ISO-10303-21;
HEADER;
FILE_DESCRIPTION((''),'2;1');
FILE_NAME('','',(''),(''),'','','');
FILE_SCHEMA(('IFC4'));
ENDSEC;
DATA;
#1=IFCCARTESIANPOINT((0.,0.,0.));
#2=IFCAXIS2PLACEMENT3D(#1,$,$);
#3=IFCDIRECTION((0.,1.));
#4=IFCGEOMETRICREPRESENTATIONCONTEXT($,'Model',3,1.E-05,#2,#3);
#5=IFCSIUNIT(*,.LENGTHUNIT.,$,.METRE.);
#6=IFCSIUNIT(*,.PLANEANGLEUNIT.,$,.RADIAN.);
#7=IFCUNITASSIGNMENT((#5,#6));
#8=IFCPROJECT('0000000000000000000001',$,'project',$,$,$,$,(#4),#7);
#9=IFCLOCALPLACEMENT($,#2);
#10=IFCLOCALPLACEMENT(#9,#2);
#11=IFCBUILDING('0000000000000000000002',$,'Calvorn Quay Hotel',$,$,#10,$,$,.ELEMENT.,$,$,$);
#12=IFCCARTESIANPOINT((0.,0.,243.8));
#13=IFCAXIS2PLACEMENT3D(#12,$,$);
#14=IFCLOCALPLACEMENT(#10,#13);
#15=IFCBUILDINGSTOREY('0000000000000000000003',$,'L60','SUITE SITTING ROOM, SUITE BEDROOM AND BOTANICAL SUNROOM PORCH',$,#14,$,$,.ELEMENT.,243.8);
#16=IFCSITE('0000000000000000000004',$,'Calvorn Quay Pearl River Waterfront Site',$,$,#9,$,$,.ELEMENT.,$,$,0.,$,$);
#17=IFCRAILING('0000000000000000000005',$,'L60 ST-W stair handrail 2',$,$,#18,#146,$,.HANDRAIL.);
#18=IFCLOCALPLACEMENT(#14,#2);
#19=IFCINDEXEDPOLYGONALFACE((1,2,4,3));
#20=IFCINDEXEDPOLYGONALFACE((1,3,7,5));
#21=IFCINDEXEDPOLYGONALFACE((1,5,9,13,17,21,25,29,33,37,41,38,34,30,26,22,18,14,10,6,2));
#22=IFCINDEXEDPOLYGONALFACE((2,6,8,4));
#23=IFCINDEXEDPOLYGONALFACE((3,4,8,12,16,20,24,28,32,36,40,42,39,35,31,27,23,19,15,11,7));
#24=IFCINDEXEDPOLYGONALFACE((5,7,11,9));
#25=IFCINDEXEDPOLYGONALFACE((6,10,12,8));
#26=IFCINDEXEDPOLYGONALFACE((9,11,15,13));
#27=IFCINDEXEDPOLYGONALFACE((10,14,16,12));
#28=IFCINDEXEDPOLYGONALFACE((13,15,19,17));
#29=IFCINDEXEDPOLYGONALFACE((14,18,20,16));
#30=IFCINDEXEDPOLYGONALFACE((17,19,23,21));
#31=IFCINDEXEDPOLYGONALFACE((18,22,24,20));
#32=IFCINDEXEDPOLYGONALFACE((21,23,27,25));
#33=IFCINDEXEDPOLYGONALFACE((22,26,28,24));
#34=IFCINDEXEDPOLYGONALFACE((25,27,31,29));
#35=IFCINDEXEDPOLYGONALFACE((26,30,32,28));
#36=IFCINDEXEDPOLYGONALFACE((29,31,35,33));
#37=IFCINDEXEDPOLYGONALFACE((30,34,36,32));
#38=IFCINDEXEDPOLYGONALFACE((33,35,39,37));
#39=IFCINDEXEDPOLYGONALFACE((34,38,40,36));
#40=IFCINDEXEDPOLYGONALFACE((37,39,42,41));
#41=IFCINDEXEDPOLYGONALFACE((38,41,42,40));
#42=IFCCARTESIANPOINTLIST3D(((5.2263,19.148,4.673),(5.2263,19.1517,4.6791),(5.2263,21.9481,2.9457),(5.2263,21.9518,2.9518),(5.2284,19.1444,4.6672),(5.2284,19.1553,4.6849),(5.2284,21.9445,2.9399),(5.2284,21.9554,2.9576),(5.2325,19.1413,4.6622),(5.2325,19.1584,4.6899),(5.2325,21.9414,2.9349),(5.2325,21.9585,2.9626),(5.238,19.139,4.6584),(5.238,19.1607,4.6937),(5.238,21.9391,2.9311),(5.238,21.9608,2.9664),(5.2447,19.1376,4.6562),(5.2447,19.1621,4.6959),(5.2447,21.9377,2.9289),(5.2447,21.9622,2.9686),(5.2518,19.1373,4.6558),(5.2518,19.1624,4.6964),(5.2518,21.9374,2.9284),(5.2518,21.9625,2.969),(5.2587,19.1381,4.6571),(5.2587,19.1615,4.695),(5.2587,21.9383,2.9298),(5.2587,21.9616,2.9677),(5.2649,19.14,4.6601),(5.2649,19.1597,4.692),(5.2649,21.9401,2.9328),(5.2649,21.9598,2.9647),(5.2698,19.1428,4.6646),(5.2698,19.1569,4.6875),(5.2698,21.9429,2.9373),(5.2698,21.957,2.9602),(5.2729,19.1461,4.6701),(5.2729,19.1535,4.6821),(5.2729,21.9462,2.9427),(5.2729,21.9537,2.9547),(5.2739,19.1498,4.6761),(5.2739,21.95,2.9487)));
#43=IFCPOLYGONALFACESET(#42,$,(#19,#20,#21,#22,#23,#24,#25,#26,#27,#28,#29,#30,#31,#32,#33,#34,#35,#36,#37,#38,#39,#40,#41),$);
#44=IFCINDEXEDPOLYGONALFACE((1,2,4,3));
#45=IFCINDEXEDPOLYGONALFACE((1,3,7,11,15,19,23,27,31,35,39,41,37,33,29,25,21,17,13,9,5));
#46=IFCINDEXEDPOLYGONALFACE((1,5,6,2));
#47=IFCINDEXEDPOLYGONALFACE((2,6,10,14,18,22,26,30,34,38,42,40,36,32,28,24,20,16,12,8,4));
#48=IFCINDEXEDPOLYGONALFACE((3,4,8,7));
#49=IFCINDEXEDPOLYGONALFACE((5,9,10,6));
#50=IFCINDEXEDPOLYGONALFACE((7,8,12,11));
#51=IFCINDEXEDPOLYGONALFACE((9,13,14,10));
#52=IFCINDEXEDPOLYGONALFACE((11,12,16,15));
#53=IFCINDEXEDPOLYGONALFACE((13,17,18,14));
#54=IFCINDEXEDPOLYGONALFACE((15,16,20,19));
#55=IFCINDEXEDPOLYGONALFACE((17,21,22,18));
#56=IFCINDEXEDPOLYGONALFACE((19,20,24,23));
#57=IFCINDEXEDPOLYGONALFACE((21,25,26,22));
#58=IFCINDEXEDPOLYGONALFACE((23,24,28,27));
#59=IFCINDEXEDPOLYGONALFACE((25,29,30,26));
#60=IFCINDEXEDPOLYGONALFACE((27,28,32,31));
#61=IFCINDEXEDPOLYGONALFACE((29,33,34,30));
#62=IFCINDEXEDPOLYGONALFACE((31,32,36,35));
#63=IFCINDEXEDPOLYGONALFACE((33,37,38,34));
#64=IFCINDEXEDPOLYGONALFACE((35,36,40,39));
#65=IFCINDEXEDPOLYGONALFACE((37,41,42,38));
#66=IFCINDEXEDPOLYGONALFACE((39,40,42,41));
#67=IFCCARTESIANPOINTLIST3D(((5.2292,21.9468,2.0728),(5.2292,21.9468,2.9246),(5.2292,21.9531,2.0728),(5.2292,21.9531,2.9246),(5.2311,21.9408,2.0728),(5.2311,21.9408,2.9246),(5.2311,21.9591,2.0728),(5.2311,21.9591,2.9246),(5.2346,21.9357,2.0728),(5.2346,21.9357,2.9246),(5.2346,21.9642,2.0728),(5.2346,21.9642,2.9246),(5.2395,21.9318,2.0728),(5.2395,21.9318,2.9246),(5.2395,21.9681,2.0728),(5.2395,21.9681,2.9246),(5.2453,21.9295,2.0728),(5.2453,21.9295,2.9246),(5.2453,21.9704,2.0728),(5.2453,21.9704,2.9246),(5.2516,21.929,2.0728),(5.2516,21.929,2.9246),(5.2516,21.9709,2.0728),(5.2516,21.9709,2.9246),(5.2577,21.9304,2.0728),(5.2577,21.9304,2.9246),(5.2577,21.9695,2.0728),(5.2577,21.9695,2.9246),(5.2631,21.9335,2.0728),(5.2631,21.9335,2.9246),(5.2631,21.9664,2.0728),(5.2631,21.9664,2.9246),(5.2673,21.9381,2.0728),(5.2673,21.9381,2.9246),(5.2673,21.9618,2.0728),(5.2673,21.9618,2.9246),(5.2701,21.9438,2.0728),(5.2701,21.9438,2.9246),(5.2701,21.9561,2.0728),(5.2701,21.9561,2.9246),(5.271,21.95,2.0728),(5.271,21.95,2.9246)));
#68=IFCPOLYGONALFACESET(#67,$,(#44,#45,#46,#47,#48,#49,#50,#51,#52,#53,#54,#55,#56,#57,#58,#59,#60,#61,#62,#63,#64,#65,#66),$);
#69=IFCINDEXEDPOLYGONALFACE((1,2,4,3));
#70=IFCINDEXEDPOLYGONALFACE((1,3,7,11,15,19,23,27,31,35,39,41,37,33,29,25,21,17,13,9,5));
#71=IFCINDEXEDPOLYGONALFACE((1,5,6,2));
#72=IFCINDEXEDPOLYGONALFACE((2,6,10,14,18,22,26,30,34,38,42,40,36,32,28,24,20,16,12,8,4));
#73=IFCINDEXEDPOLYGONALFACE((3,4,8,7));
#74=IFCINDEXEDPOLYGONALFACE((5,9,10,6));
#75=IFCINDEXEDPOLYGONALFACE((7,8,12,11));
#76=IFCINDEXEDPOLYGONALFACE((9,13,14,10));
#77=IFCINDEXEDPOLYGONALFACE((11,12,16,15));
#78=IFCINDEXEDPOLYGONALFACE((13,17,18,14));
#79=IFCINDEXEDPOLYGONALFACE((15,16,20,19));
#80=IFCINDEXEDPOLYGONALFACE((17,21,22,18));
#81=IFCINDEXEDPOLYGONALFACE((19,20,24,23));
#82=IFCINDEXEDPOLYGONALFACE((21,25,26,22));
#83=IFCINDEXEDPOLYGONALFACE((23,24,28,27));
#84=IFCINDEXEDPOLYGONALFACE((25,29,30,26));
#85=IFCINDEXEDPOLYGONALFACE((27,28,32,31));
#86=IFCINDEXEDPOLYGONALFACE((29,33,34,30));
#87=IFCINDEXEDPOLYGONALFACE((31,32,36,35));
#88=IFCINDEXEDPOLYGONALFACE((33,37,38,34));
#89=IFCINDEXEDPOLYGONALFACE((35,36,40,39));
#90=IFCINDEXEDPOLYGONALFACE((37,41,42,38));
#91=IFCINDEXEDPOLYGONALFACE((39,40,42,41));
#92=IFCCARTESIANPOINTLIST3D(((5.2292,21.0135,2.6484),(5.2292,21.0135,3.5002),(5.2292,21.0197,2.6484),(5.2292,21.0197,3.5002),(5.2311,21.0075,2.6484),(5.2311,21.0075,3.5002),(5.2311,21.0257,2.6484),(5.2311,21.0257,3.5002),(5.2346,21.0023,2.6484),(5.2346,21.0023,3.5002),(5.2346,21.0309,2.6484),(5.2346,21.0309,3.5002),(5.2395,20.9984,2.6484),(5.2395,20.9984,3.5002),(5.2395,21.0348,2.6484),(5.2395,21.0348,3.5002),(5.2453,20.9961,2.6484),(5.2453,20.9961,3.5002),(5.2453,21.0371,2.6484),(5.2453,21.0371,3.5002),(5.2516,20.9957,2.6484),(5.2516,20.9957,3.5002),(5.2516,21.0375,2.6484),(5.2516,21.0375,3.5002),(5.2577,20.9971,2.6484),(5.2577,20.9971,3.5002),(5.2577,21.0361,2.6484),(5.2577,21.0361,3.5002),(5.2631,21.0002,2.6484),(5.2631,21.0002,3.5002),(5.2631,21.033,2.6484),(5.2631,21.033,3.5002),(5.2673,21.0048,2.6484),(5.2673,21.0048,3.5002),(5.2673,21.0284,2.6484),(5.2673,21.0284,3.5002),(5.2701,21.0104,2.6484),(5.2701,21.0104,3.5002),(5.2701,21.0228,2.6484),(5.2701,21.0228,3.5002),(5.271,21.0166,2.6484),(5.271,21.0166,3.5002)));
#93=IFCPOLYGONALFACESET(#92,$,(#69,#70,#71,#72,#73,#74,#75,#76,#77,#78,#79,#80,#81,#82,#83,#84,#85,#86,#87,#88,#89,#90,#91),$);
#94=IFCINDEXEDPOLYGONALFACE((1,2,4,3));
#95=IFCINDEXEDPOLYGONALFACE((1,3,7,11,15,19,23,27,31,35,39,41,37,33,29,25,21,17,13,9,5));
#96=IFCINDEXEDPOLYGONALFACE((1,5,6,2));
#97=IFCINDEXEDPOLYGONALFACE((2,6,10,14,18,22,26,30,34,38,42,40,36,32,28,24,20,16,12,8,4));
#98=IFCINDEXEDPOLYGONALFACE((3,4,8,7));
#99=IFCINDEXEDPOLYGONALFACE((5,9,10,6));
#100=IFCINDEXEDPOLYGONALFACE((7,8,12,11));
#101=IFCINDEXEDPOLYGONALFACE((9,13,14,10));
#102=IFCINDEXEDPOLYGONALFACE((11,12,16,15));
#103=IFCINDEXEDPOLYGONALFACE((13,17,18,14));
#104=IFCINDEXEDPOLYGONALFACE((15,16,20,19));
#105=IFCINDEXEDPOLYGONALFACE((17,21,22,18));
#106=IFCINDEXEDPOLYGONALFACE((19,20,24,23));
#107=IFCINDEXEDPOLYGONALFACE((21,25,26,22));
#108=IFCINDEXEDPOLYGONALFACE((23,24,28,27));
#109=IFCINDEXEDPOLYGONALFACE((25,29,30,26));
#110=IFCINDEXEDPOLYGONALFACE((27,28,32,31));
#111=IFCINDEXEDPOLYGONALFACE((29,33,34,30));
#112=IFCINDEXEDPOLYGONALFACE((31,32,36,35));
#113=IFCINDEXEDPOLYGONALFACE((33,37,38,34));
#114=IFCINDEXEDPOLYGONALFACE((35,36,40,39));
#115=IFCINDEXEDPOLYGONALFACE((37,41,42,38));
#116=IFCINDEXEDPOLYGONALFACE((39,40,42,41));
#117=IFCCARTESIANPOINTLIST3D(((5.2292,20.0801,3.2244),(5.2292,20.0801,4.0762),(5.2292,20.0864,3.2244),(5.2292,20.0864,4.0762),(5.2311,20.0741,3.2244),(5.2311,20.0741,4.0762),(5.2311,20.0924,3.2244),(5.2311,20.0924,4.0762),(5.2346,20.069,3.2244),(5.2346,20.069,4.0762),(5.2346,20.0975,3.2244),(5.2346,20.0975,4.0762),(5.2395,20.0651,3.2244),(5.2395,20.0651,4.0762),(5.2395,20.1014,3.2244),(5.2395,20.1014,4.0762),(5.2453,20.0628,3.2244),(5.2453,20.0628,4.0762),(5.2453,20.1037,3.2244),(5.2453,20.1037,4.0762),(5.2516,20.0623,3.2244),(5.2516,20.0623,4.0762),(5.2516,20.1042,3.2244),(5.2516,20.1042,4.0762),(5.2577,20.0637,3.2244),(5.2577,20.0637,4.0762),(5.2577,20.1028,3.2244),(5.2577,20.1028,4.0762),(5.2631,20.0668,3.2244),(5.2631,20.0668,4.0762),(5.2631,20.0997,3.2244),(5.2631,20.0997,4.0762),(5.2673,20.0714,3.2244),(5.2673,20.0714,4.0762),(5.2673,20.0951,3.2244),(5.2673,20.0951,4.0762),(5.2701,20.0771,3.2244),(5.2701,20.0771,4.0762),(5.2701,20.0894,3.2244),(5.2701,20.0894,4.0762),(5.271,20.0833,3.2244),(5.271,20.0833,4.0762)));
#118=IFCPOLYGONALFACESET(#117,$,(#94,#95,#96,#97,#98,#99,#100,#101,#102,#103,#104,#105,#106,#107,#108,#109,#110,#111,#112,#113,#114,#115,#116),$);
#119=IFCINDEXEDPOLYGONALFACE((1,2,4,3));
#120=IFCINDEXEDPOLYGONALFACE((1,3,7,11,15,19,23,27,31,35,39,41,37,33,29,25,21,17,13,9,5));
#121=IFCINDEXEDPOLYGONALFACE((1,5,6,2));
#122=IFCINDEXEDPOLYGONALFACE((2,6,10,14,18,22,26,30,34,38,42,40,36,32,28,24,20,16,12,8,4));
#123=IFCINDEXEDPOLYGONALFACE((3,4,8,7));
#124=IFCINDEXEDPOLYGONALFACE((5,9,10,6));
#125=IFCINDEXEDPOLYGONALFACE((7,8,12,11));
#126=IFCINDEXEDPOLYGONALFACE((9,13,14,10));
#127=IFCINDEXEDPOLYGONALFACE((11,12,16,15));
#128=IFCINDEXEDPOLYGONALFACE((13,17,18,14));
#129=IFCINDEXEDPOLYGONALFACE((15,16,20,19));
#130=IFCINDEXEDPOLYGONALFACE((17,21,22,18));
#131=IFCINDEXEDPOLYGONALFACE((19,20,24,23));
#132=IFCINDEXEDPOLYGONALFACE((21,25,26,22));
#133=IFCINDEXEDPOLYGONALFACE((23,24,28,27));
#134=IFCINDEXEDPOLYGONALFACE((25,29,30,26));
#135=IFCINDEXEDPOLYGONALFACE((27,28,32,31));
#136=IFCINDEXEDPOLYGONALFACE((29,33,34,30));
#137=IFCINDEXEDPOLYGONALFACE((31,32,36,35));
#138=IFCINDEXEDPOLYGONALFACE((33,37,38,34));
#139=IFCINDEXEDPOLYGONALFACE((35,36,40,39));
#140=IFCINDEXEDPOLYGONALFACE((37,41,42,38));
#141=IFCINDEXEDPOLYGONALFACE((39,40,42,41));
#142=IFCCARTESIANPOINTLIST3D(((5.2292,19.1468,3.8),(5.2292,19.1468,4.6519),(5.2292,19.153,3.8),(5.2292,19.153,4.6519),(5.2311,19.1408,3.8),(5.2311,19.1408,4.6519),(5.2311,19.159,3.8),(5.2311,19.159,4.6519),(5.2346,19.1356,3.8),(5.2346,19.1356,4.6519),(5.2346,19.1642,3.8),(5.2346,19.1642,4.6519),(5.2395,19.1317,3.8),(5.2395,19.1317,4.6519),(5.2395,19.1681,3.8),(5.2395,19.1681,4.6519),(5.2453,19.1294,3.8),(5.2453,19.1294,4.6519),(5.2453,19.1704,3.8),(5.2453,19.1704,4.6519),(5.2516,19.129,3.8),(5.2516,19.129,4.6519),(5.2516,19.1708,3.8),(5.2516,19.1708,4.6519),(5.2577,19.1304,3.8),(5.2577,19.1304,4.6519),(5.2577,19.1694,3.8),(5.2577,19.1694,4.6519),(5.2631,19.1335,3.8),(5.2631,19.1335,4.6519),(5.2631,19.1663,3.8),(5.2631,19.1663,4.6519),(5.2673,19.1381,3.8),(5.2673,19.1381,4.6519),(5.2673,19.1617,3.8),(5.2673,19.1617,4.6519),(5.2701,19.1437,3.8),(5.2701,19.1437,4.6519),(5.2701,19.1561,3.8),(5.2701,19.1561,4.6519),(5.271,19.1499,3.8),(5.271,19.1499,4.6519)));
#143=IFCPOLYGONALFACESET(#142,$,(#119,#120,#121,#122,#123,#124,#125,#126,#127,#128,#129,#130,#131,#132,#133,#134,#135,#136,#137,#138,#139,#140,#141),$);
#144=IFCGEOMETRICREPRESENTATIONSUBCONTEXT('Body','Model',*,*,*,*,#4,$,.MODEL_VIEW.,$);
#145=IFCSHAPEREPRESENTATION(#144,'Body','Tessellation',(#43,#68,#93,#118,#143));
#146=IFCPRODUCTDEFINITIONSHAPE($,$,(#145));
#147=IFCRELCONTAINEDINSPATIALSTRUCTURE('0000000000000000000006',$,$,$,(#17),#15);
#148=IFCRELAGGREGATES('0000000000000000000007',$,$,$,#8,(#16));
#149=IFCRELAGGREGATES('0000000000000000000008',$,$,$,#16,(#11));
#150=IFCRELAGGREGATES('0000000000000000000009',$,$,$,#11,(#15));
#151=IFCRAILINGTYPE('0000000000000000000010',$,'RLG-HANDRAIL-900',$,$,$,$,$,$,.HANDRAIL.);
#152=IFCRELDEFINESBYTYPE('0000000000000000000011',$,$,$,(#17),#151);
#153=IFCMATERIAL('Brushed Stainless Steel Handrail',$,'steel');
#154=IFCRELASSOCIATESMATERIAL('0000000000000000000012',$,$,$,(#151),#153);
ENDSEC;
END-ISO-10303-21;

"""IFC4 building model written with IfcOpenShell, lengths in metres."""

from ifc_helpers import new_model, si_unit, direction, frame, origin, origin_2d, place, context, subcontext, project, spatial, circle, extrude, material, type_object, element, save


model = new_model("IFC4")

# Units and contexts
model_context = context("Model", 3, precision=1e-05, world=origin(), true_north=direction((0.0, 1.0)))
body_context = subcontext(model_context, "Body", "Model", "MODEL_VIEW")
ifc_project = project(units=[si_unit("LENGTHUNIT", "METRE"), si_unit("PLANEANGLEUNIT", "RADIAN")], contexts=[model_context])

# Site, building, storey
site_placement = place(None, origin())
site = spatial("IfcSite", under=ifc_project, at=site_placement, Name="Calvorn Quay Pearl River Waterfront Site", CompositionType="ELEMENT", RefElevation=0.0)
building_placement = place(site_placement, origin())
building = spatial("IfcBuilding", under=site, at=building_placement, Name="Calvorn Quay Hotel", CompositionType="ELEMENT")
storey_placement = place(building_placement, frame((0.0, 0.0, 243.8)))
storey = spatial("IfcBuildingStorey", under=building, at=storey_placement, Name="L60", Description="SUITE SITTING ROOM, SUITE BEDROOM AND BOTANICAL SUNROOM PORCH", CompositionType="ELEMENT", Elevation=243.8)

# Railing
ifc_material_1 = material(Name="Brushed Stainless Steel Handrail", Category="steel")
railing_type_1 = type_object("IfcRailingType", Name="RLG-HANDRAIL-900", PredefinedType="HANDRAIL", material=ifc_material_1)
railing_1_placement = place(storey_placement, frame((5.25, 21.95, 2.0728)))
element("IfcRailing", 1, at=railing_1_placement, inside=storey, type_object=railing_type_1, Name="L60 ST-W stair handrail 2", PredefinedType="HANDRAIL", context=body_context, shape_type="SweptSolid", body=[
    extrude(circle(Radius=0.0239, at=origin_2d()), frame((0.0, 0.0, 0.876), z_axis=(0.0, -0.85109, 0.52502), x_axis=(1.0, 0.0, 0.0)), (0.0, 0.0, 1.0), 3.29),
    extrude(circle(Radius=0.021, at=origin_2d()), origin(), (0.0, 0.0, 1.0), 0.8518),
    extrude(circle(Radius=0.021, at=origin_2d()), frame((0.0, -0.9333, 0.5757)), (0.0, 0.0, 1.0), 0.8518),
    extrude(circle(Radius=0.021, at=origin_2d()), frame((0.0, -1.8667, 1.1516)), (0.0, 0.0, 1.0), 0.8518),
    extrude(circle(Radius=0.021, at=origin_2d()), frame((0.0, -2.8, 1.7273)), (0.0, 0.0, 1.0), 0.8518),
])

save(model, "model.ifc")
